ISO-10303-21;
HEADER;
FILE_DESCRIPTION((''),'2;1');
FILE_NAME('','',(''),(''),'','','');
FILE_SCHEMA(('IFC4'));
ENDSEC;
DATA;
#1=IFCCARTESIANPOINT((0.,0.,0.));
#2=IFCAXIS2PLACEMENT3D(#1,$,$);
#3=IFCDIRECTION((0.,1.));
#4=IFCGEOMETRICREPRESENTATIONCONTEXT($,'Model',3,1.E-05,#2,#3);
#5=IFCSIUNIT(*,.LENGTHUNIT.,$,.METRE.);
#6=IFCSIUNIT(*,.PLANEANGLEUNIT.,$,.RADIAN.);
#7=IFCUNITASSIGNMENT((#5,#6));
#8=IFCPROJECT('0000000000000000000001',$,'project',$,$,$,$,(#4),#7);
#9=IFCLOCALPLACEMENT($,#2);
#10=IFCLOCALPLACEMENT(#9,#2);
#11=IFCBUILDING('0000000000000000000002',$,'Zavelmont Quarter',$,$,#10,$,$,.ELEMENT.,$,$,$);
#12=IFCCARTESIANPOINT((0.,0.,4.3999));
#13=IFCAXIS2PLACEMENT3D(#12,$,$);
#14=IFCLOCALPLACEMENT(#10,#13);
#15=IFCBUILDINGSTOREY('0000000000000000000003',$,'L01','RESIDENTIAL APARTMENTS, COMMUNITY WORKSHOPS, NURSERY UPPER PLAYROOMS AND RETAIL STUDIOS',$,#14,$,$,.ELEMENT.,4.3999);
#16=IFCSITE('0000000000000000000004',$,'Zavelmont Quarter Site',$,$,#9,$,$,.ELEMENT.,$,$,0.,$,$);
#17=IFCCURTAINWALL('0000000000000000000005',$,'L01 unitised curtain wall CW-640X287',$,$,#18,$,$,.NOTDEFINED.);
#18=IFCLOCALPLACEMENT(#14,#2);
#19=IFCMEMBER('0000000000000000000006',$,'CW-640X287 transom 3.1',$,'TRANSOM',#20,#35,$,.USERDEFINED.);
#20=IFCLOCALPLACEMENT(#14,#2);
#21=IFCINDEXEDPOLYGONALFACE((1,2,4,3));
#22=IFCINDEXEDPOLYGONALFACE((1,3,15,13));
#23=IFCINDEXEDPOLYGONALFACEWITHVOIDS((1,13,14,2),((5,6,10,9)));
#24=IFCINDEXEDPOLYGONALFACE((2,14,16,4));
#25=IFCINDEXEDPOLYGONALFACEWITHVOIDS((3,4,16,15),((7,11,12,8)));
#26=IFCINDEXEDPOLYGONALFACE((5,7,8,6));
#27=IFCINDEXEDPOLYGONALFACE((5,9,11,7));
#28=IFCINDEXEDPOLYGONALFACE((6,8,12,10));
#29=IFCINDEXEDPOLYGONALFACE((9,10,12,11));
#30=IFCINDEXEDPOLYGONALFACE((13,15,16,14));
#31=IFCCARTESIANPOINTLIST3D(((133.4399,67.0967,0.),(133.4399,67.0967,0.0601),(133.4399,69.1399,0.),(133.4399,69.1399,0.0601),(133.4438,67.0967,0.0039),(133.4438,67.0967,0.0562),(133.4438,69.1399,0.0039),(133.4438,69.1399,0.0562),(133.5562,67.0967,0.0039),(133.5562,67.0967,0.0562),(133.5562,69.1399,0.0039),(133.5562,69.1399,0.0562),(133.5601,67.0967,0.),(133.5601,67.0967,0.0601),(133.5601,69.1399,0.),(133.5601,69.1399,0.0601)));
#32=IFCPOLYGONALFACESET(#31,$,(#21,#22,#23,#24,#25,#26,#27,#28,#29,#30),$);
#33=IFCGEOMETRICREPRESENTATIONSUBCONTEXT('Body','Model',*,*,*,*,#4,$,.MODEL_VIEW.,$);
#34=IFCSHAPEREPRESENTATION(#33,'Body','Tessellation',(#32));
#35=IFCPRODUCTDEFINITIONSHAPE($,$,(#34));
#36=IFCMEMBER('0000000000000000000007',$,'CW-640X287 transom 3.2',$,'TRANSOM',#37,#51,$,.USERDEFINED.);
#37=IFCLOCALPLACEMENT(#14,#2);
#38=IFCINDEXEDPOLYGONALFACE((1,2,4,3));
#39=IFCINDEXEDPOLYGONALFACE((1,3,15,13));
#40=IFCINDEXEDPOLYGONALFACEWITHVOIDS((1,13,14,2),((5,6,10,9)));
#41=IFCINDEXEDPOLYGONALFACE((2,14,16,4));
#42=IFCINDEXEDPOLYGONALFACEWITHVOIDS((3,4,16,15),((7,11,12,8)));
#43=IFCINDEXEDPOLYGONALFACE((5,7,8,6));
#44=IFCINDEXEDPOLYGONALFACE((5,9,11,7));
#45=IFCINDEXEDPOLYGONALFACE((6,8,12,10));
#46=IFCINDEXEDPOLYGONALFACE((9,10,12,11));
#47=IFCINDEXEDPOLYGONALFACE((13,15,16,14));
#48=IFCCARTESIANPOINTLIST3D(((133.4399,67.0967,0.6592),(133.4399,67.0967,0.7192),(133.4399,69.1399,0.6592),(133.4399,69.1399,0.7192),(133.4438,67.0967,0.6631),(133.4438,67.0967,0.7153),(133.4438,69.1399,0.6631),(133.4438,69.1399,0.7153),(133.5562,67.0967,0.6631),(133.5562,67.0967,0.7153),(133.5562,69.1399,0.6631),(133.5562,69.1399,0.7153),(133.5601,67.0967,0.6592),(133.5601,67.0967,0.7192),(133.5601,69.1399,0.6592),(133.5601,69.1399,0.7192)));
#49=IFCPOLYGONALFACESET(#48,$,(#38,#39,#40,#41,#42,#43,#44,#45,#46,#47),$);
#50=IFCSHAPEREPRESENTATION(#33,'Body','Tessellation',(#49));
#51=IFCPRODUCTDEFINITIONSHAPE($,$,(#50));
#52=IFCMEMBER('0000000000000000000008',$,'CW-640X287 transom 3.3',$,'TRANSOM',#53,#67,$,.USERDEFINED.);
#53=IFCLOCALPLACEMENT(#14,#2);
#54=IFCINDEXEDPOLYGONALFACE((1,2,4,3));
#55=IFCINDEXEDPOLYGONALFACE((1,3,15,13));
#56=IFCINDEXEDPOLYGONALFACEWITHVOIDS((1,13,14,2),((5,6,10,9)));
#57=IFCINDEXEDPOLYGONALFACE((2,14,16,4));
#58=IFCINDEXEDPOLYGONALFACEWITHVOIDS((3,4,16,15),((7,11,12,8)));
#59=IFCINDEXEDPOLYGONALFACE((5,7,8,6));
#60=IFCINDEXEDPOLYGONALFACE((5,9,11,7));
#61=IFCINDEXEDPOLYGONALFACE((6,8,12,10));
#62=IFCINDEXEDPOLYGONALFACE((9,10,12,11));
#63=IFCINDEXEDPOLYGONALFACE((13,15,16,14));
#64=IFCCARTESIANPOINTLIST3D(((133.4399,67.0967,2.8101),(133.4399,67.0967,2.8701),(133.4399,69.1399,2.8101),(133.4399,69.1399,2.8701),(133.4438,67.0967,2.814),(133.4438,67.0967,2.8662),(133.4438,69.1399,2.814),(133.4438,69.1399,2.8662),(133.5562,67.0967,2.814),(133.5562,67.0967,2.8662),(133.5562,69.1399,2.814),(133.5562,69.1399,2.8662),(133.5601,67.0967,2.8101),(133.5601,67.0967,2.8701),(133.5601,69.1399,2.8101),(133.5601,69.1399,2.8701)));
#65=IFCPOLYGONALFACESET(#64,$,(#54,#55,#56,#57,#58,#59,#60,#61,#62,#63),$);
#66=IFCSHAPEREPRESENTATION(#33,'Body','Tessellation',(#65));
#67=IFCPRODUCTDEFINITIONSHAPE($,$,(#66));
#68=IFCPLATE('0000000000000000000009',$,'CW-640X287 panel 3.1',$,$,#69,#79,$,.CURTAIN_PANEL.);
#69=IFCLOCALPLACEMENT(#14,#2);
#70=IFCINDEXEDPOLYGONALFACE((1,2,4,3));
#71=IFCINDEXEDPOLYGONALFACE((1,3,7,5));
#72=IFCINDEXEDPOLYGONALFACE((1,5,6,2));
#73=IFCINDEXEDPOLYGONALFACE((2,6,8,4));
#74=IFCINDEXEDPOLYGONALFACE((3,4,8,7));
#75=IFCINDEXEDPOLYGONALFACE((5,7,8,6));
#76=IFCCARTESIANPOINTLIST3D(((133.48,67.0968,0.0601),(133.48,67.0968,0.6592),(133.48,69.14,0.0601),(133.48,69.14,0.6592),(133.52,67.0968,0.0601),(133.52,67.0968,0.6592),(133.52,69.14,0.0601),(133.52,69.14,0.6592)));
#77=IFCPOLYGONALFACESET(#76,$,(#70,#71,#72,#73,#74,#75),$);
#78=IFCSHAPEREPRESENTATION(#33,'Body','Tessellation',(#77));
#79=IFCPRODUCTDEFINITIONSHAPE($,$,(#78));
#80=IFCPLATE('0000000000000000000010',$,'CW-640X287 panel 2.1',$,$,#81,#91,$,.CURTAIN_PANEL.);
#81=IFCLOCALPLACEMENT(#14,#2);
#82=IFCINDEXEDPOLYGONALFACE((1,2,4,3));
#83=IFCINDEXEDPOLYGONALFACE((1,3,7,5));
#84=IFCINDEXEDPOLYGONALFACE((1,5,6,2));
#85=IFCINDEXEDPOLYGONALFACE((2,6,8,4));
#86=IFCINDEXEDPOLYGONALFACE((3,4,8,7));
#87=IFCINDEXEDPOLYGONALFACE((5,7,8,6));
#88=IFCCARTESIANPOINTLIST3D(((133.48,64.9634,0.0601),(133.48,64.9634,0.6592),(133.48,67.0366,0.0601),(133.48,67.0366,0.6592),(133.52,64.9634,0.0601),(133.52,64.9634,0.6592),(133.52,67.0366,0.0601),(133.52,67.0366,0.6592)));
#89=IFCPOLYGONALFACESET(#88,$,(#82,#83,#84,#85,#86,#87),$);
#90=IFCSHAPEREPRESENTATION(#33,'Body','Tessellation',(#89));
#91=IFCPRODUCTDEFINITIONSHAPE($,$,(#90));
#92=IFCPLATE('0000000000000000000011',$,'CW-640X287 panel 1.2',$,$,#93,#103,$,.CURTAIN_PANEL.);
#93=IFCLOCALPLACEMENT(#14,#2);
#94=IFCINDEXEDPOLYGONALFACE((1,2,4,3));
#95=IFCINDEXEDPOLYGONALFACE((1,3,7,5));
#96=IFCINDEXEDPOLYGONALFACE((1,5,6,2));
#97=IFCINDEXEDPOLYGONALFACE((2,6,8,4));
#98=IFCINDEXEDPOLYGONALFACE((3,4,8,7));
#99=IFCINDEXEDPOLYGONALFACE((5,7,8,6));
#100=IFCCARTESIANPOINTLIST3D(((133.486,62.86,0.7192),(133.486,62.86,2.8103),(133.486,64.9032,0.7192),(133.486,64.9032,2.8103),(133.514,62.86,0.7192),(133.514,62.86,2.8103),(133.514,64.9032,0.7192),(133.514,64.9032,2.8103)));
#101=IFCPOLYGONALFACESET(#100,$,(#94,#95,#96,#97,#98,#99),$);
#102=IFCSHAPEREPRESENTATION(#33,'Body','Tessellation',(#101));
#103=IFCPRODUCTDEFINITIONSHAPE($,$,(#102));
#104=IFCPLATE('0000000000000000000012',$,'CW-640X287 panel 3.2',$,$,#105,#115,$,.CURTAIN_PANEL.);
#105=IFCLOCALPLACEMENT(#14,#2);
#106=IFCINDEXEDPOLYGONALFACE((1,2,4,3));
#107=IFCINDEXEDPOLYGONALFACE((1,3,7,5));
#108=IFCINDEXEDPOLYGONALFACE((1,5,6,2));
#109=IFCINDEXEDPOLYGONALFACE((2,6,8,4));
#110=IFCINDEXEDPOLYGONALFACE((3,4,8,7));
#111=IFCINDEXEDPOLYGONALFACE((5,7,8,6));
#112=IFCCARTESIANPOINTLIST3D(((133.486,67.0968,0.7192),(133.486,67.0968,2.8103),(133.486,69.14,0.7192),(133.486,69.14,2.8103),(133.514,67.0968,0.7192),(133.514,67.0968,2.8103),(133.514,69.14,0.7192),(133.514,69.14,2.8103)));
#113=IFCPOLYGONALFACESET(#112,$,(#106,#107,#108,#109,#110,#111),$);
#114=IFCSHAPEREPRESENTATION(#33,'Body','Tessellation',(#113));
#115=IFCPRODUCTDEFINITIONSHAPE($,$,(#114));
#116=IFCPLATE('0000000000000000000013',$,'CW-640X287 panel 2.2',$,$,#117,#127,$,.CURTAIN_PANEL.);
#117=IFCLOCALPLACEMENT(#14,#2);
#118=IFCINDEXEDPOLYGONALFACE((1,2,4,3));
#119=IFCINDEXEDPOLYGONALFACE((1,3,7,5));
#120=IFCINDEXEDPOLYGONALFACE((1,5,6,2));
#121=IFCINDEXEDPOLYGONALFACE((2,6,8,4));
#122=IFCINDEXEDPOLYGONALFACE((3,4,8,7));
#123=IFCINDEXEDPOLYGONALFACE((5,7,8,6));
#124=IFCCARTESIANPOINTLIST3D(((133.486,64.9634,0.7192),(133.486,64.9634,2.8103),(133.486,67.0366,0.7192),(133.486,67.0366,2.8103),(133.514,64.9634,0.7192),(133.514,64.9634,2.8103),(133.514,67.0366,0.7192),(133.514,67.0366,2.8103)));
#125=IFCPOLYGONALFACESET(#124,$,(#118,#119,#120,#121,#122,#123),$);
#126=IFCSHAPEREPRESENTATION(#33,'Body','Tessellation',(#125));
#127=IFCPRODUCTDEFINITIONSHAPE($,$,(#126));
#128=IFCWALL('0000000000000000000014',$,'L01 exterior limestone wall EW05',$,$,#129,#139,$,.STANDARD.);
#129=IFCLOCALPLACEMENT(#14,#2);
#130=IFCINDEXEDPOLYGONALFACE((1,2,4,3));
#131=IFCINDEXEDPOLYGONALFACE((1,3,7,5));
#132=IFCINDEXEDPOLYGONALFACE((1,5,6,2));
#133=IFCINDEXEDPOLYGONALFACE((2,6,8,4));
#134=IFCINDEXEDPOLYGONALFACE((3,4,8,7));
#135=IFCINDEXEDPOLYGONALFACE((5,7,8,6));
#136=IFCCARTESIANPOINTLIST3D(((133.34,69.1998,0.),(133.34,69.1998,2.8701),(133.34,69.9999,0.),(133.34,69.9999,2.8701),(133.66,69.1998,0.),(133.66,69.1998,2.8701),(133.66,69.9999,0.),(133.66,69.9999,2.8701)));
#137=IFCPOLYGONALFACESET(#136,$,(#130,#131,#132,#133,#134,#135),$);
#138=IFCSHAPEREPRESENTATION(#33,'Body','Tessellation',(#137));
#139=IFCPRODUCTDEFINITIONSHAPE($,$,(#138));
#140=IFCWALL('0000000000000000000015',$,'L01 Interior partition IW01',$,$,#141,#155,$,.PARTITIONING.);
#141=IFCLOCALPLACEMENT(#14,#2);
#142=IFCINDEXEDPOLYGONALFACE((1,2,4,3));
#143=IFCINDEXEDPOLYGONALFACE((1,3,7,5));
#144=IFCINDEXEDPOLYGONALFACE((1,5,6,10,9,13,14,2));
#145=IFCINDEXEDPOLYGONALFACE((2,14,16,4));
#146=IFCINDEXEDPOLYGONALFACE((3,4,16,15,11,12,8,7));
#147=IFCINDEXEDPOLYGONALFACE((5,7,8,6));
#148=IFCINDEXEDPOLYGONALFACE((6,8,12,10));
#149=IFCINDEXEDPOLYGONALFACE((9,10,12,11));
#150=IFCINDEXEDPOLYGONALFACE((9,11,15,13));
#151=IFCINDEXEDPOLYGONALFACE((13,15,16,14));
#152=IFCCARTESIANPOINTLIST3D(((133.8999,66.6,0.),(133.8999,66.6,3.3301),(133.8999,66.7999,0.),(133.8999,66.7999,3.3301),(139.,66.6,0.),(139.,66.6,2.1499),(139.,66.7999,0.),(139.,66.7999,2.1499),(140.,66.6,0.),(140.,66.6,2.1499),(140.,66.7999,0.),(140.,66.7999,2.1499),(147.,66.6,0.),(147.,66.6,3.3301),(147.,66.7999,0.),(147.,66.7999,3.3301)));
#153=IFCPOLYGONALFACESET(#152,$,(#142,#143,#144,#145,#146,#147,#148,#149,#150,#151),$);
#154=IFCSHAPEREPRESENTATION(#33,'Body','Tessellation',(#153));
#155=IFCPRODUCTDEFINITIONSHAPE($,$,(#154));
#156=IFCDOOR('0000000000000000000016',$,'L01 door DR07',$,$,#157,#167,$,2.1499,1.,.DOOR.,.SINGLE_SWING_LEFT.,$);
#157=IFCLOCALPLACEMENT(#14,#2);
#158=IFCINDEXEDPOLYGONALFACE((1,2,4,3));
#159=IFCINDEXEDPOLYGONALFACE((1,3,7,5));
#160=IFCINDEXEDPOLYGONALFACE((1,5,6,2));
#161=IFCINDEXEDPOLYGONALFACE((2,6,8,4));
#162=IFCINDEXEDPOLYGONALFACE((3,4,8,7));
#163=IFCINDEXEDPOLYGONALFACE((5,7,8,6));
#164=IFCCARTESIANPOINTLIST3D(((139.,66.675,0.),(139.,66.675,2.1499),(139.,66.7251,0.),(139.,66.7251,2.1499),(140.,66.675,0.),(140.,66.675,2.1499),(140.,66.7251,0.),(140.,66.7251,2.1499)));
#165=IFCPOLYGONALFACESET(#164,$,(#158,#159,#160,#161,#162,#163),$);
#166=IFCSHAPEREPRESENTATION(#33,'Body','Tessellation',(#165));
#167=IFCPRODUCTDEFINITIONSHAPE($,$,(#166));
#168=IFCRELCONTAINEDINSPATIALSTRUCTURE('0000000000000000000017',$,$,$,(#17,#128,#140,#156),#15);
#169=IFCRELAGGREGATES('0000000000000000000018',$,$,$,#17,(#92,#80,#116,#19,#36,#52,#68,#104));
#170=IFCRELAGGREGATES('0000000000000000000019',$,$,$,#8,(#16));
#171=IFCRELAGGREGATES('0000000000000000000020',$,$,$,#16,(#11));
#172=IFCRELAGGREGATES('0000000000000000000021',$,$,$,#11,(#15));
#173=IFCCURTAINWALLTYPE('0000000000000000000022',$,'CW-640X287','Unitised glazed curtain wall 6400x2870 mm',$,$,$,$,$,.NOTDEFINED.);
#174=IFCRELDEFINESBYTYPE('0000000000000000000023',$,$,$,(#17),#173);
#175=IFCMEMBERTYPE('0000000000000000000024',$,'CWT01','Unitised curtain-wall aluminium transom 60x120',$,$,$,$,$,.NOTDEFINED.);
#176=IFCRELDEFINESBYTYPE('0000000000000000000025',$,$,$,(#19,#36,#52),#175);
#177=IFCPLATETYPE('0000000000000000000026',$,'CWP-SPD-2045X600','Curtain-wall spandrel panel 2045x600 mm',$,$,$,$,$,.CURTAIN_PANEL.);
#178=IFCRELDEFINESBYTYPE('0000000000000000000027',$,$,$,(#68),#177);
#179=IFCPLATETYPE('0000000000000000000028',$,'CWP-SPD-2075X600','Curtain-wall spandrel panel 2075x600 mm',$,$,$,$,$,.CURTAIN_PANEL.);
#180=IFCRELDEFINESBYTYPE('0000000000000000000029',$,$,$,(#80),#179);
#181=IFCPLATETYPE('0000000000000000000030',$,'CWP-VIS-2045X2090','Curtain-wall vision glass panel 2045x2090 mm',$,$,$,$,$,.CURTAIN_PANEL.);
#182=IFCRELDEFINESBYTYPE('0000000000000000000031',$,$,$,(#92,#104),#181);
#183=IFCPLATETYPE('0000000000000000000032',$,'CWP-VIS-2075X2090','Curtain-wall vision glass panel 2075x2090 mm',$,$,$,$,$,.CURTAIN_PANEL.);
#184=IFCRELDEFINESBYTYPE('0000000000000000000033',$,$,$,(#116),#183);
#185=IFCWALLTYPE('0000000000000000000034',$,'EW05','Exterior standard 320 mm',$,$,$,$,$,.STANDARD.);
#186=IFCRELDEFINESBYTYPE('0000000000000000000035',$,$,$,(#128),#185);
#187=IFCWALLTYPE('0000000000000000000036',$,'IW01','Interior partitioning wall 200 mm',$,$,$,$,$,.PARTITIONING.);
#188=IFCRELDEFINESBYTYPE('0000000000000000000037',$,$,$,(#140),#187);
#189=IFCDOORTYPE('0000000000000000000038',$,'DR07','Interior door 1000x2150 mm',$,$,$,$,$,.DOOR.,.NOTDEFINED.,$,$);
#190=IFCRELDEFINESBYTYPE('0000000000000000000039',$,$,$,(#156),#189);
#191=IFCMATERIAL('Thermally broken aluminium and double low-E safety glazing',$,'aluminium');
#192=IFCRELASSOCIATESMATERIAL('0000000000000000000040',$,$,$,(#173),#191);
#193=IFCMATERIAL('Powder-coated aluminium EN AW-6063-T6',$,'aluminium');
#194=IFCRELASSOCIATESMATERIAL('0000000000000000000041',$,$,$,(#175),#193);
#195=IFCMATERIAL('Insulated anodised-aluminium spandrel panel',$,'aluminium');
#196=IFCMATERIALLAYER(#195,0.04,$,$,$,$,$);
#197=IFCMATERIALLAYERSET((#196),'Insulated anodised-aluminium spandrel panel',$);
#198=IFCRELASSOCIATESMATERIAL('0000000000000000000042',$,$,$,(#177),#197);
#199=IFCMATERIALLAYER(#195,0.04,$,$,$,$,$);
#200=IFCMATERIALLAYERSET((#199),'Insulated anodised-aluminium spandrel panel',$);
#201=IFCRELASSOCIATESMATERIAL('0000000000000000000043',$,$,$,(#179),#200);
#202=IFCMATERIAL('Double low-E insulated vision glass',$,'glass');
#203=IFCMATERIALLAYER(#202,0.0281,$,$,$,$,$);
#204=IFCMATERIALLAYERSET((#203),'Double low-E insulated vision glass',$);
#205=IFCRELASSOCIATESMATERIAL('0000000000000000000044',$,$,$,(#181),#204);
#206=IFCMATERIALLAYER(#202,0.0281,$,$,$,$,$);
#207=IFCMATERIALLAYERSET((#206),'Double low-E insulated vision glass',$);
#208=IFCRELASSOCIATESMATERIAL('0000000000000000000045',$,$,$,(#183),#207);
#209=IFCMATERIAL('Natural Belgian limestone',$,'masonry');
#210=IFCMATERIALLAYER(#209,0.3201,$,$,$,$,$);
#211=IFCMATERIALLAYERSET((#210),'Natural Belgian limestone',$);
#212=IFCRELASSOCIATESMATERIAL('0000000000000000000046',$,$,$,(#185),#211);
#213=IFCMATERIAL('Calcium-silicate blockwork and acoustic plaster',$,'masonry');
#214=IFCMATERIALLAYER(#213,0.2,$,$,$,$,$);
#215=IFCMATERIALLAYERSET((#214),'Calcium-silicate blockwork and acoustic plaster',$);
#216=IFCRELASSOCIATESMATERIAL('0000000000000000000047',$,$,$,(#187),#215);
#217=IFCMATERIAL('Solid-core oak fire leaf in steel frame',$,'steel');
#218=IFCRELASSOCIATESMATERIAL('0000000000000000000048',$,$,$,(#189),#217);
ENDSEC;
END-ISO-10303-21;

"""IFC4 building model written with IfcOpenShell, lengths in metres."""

from ifc_helpers import new_model, si_unit, direction, frame, frame_2d, origin, origin_2d, place, context, subcontext, project, spatial, rectangle, hollow_rectangle, extrude, material, layer, layer_set, material_profile, profile_set, type_object, element, fill, aggregate, save


model = new_model("IFC4")

# Units and contexts
model_context = context("Model", 3, precision=1e-05, world=origin(), true_north=direction((0.0, 1.0)))
body_context = subcontext(model_context, "Body", "Model", "MODEL_VIEW")
ifc_project = project(units=[si_unit("LENGTHUNIT", "METRE"), si_unit("PLANEANGLEUNIT", "RADIAN")], contexts=[model_context])

# Site, building, storey
site_placement = place(None, origin())
site = spatial("IfcSite", under=ifc_project, at=site_placement, Name="Zavelmont Quarter Site", CompositionType="ELEMENT", RefElevation=0.0)
building_placement = place(site_placement, origin())
building = spatial("IfcBuilding", under=site, at=building_placement, Name="Zavelmont Quarter", CompositionType="ELEMENT")
storey_placement = place(building_placement, frame((0.0, 0.0, 4.3999)))
storey = spatial("IfcBuildingStorey", under=building, at=storey_placement, Name="L01", Description="RESIDENTIAL APARTMENTS, COMMUNITY WORKSHOPS, NURSERY UPPER PLAYROOMS AND RETAIL STUDIOS", CompositionType="ELEMENT", Elevation=4.3999)

# Curtain wall, members, plates
ifc_material_1 = material(Name="Thermally broken aluminium and double low-E safety glazing", Category="aluminium")
curtain_wall_type = type_object("IfcCurtainWallType", Name="CW-640X287", Description="Unitised glazed curtain wall 6400x2870 mm", PredefinedType="NOTDEFINED", material=ifc_material_1)
curtain_wall_placement = place(storey_placement, origin())
curtain_wall = element("IfcCurtainWall", 1, at=curtain_wall_placement, inside=storey, type_object=curtain_wall_type, Name="L01 unitised curtain wall CW-640X287", PredefinedType="NOTDEFINED")
ifc_material_2 = material(Name="Powder-coated aluminium EN AW-6063-T6", Category="aluminium")
ifc_material_profile_1 = material_profile(ifc_material_2, hollow_rectangle(XDim=0.1201, YDim=0.0601, WallThickness=0.0039, at=origin_2d()), Name="CWT60X120")
ifc_profile_set_1 = profile_set([ifc_material_profile_1], Name="Powder-coated aluminium EN AW-6063-T6")
member_type_1 = type_object("IfcMemberType", Name="CWT01", Description="Unitised curtain-wall aluminium transom 60x120", PredefinedType="NOTDEFINED", material=ifc_profile_set_1)
member_1_placement = place(storey_placement, frame((133.5, 67.0967, 0.03), z_axis=(0.0, 1.0, 0.0), x_axis=(-1.0, 0.0, 0.0)))
member_1 = element("IfcMember", 2, at=member_1_placement, type_object=member_type_1, Name="CW-640X287 transom 3.1", ObjectType="TRANSOM", PredefinedType="USERDEFINED", context=body_context, shape_type="SweptSolid", body=[
    extrude(hollow_rectangle(XDim=0.1201, YDim=0.0601, WallThickness=0.0039, at=origin_2d()), origin(), (0.0, 0.0, 1.0), 2.0432),
])
member_2_placement = place(storey_placement, frame((133.5, 67.0967, 0.6892), z_axis=(0.0, 1.0, 0.0), x_axis=(-1.0, 0.0, 0.0)))
member_2 = element("IfcMember", 3, at=member_2_placement, type_object=member_type_1, Name="CW-640X287 transom 3.2", ObjectType="TRANSOM", PredefinedType="USERDEFINED", context=body_context, shape_type="SweptSolid", body=[
    extrude(hollow_rectangle(XDim=0.1201, YDim=0.0601, WallThickness=0.0039, at=origin_2d()), origin(), (0.0, 0.0, 1.0), 2.0432),
])
member_3_placement = place(storey_placement, frame((133.5, 67.0967, 2.8401), z_axis=(0.0, 1.0, 0.0), x_axis=(-1.0, 0.0, 0.0)))
member_3 = element("IfcMember", 4, at=member_3_placement, type_object=member_type_1, Name="CW-640X287 transom 3.3", ObjectType="TRANSOM", PredefinedType="USERDEFINED", context=body_context, shape_type="SweptSolid", body=[
    extrude(hollow_rectangle(XDim=0.1201, YDim=0.0601, WallThickness=0.0039, at=origin_2d()), origin(), (0.0, 0.0, 1.0), 2.0432),
])
ifc_material_3 = material(Name="Insulated anodised-aluminium spandrel panel", Category="aluminium")
ifc_layer_1 = layer(ifc_material_3, 0.04)
ifc_layer_set_1 = layer_set([ifc_layer_1], Name="Insulated anodised-aluminium spandrel panel")
plate_type_1 = type_object("IfcPlateType", Name="CWP-SPD-2045X600", Description="Curtain-wall spandrel panel 2045x600 mm", PredefinedType="CURTAIN_PANEL", material=ifc_layer_set_1)
plate_1_placement = place(storey_placement, frame((133.5, 68.1184, 0.0601), z_axis=(0.0, 0.0, 1.0), x_axis=(0.0, 1.0, 0.0)))
plate_1 = element("IfcPlate", 5, at=plate_1_placement, type_object=plate_type_1, Name="CW-640X287 panel 3.1", PredefinedType="CURTAIN_PANEL", context=body_context, shape_type="SweptSolid", body=[
    extrude(rectangle(XDim=2.0432, YDim=0.04, at=origin_2d()), origin(), (0.0, 0.0, 1.0), 0.5991),
])
ifc_layer_2 = layer(ifc_material_3, 0.04)
ifc_layer_set_2 = layer_set([ifc_layer_2], Name="Insulated anodised-aluminium spandrel panel")
plate_type_2 = type_object("IfcPlateType", Name="CWP-SPD-2075X600", Description="Curtain-wall spandrel panel 2075x600 mm", PredefinedType="CURTAIN_PANEL", material=ifc_layer_set_2)
plate_2_placement = place(storey_placement, frame((133.5, 66.0, 0.0601), z_axis=(0.0, 0.0, 1.0), x_axis=(0.0, 1.0, 0.0)))
plate_2 = element("IfcPlate", 6, at=plate_2_placement, type_object=plate_type_2, Name="CW-640X287 panel 2.1", PredefinedType="CURTAIN_PANEL", context=body_context, shape_type="SweptSolid", body=[
    extrude(rectangle(XDim=2.0732, YDim=0.04, at=origin_2d()), origin(), (0.0, 0.0, 1.0), 0.5991),
])
ifc_material_4 = material(Name="Double low-E insulated vision glass", Category="glass")
ifc_layer_3 = layer(ifc_material_4, 0.0281)
ifc_layer_set_3 = layer_set([ifc_layer_3], Name="Double low-E insulated vision glass")
plate_type_3 = type_object("IfcPlateType", Name="CWP-VIS-2045X2090", Description="Curtain-wall vision glass panel 2045x2090 mm", PredefinedType="CURTAIN_PANEL", material=ifc_layer_set_3)
plate_3_placement = place(storey_placement, frame((133.5, 63.8816, 0.7192), z_axis=(0.0, 0.0, 1.0), x_axis=(0.0, 1.0, 0.0)))
plate_3 = element("IfcPlate", 7, at=plate_3_placement, type_object=plate_type_3, Name="CW-640X287 panel 1.2", PredefinedType="CURTAIN_PANEL", context=body_context, shape_type="SweptSolid", body=[
    extrude(rectangle(XDim=2.0432, YDim=0.0281, at=origin_2d()), origin(), (0.0, 0.0, 1.0), 2.0911),
])
plate_4_placement = place(storey_placement, frame((133.5, 68.1184, 0.7192), z_axis=(0.0, 0.0, 1.0), x_axis=(0.0, 1.0, 0.0)))
plate_4 = element("IfcPlate", 8, at=plate_4_placement, type_object=plate_type_3, Name="CW-640X287 panel 3.2", PredefinedType="CURTAIN_PANEL", context=body_context, shape_type="SweptSolid", body=[
    extrude(rectangle(XDim=2.0432, YDim=0.0281, at=origin_2d()), origin(), (0.0, 0.0, 1.0), 2.0911),
])
ifc_layer_4 = layer(ifc_material_4, 0.0281)
ifc_layer_set_4 = layer_set([ifc_layer_4], Name="Double low-E insulated vision glass")
plate_type_4 = type_object("IfcPlateType", Name="CWP-VIS-2075X2090", Description="Curtain-wall vision glass panel 2075x2090 mm", PredefinedType="CURTAIN_PANEL", material=ifc_layer_set_4)
plate_5_placement = place(storey_placement, frame((133.5, 66.0, 0.7192), z_axis=(0.0, 0.0, 1.0), x_axis=(0.0, 1.0, 0.0)))
plate_5 = element("IfcPlate", 9, at=plate_5_placement, type_object=plate_type_4, Name="CW-640X287 panel 2.2", PredefinedType="CURTAIN_PANEL", context=body_context, shape_type="SweptSolid", body=[
    extrude(rectangle(XDim=2.0732, YDim=0.0281, at=origin_2d()), origin(), (0.0, 0.0, 1.0), 2.0911),
])
aggregate(curtain_wall, [plate_3, plate_2, plate_5, member_1, member_2, member_3, plate_1, plate_4])

# Wall
ifc_material_5 = material(Name="Natural Belgian limestone", Category="masonry")
ifc_layer_5 = layer(ifc_material_5, 0.3201)
ifc_layer_set_5 = layer_set([ifc_layer_5], Name="Natural Belgian limestone")
wall_type_1 = type_object("IfcWallType", Name="EW05", Description="Exterior standard 320 mm", PredefinedType="STANDARD", material=ifc_layer_set_5)
wall_1_placement = place(storey_placement, frame((133.5, 69.2, 0.0), z_axis=(0.0, 0.0, 1.0), x_axis=(0.0, 1.0, 0.0)))
element("IfcWall", 10, at=wall_1_placement, inside=storey, type_object=wall_type_1, Name="L01 exterior limestone wall EW05", PredefinedType="STANDARD", context=body_context, shape_type="SweptSolid", body=[
    extrude(rectangle(XDim=0.8, YDim=0.3201, at=frame_2d((0.3999, 0.0))), origin(), (0.0, 0.0, 1.0), 2.8701),
])

# Wall, opening, door
ifc_material_6 = material(Name="Calcium-silicate blockwork and acoustic plaster", Category="masonry")
ifc_layer_6 = layer(ifc_material_6, 0.2)
ifc_layer_set_6 = layer_set([ifc_layer_6], Name="Calcium-silicate blockwork and acoustic plaster")
wall_type_2 = type_object("IfcWallType", Name="IW01", Description="Interior partitioning wall 200 mm", PredefinedType="PARTITIONING", material=ifc_layer_set_6)
wall_2_placement = place(storey_placement, frame((133.8999, 66.7, 0.0), z_axis=(0.0, 0.0, 1.0), x_axis=(1.0, 0.0, 0.0)))
wall_2 = element("IfcWall", 11, at=wall_2_placement, inside=storey, type_object=wall_type_2, Name="L01 Interior partition IW01", PredefinedType="PARTITIONING", context=body_context, shape_type="SweptSolid", body=[
    extrude(rectangle(XDim=13.1001, YDim=0.2, at=frame_2d((6.55, 0.0))), origin(), (0.0, 0.0, 1.0), 3.3301),
])
opening_1_placement = place(wall_2_placement, frame((5.1001, 0.0, 0.0)))
opening_1 = element("IfcOpeningElement", 12, at=opening_1_placement, cuts=wall_2, PredefinedType="OPENING", context=body_context, shape_type="SweptSolid", body=[
    extrude(rectangle(XDim=1.0, YDim=2.1499, at=frame_2d((0.5, 1.075))), frame((0.0, 0.1118, 0.0), z_axis=(0.0, -1.0, 0.0), x_axis=(1.0, 0.0, 0.0)), (0.0, 0.0, 1.0), 0.2239),
])
ifc_material_7 = material(Name="Solid-core oak fire leaf in steel frame", Category="steel")
door_type_1 = type_object("IfcDoorType", Name="DR07", Description="Interior door 1000x2150 mm", OperationType="NOTDEFINED", PredefinedType="DOOR", material=ifc_material_7)
door_1_placement = place(opening_1_placement, frame((1.0, 0.0, 0.0), z_axis=(0.0, 0.0, 1.0), x_axis=(-1.0, 0.0, 0.0)))
door_1 = element("IfcDoor", 13, at=door_1_placement, inside=storey, type_object=door_type_1, Name="L01 door DR07", OperationType="SINGLE_SWING_LEFT", OverallHeight=2.1499, OverallWidth=1.0, PredefinedType="DOOR", context=body_context, shape_type="SweptSolid", body=[
    extrude(rectangle(XDim=1.0, YDim=2.1499, at=frame_2d((0.5, 1.075))), frame((0.0, 0.0249, 0.0), z_axis=(0.0, -1.0, 0.0), x_axis=(1.0, 0.0, 0.0)), (0.0, 0.0, 1.0), 0.05),
])
fill(opening_1, door_1)

save(model, "model.ifc")
